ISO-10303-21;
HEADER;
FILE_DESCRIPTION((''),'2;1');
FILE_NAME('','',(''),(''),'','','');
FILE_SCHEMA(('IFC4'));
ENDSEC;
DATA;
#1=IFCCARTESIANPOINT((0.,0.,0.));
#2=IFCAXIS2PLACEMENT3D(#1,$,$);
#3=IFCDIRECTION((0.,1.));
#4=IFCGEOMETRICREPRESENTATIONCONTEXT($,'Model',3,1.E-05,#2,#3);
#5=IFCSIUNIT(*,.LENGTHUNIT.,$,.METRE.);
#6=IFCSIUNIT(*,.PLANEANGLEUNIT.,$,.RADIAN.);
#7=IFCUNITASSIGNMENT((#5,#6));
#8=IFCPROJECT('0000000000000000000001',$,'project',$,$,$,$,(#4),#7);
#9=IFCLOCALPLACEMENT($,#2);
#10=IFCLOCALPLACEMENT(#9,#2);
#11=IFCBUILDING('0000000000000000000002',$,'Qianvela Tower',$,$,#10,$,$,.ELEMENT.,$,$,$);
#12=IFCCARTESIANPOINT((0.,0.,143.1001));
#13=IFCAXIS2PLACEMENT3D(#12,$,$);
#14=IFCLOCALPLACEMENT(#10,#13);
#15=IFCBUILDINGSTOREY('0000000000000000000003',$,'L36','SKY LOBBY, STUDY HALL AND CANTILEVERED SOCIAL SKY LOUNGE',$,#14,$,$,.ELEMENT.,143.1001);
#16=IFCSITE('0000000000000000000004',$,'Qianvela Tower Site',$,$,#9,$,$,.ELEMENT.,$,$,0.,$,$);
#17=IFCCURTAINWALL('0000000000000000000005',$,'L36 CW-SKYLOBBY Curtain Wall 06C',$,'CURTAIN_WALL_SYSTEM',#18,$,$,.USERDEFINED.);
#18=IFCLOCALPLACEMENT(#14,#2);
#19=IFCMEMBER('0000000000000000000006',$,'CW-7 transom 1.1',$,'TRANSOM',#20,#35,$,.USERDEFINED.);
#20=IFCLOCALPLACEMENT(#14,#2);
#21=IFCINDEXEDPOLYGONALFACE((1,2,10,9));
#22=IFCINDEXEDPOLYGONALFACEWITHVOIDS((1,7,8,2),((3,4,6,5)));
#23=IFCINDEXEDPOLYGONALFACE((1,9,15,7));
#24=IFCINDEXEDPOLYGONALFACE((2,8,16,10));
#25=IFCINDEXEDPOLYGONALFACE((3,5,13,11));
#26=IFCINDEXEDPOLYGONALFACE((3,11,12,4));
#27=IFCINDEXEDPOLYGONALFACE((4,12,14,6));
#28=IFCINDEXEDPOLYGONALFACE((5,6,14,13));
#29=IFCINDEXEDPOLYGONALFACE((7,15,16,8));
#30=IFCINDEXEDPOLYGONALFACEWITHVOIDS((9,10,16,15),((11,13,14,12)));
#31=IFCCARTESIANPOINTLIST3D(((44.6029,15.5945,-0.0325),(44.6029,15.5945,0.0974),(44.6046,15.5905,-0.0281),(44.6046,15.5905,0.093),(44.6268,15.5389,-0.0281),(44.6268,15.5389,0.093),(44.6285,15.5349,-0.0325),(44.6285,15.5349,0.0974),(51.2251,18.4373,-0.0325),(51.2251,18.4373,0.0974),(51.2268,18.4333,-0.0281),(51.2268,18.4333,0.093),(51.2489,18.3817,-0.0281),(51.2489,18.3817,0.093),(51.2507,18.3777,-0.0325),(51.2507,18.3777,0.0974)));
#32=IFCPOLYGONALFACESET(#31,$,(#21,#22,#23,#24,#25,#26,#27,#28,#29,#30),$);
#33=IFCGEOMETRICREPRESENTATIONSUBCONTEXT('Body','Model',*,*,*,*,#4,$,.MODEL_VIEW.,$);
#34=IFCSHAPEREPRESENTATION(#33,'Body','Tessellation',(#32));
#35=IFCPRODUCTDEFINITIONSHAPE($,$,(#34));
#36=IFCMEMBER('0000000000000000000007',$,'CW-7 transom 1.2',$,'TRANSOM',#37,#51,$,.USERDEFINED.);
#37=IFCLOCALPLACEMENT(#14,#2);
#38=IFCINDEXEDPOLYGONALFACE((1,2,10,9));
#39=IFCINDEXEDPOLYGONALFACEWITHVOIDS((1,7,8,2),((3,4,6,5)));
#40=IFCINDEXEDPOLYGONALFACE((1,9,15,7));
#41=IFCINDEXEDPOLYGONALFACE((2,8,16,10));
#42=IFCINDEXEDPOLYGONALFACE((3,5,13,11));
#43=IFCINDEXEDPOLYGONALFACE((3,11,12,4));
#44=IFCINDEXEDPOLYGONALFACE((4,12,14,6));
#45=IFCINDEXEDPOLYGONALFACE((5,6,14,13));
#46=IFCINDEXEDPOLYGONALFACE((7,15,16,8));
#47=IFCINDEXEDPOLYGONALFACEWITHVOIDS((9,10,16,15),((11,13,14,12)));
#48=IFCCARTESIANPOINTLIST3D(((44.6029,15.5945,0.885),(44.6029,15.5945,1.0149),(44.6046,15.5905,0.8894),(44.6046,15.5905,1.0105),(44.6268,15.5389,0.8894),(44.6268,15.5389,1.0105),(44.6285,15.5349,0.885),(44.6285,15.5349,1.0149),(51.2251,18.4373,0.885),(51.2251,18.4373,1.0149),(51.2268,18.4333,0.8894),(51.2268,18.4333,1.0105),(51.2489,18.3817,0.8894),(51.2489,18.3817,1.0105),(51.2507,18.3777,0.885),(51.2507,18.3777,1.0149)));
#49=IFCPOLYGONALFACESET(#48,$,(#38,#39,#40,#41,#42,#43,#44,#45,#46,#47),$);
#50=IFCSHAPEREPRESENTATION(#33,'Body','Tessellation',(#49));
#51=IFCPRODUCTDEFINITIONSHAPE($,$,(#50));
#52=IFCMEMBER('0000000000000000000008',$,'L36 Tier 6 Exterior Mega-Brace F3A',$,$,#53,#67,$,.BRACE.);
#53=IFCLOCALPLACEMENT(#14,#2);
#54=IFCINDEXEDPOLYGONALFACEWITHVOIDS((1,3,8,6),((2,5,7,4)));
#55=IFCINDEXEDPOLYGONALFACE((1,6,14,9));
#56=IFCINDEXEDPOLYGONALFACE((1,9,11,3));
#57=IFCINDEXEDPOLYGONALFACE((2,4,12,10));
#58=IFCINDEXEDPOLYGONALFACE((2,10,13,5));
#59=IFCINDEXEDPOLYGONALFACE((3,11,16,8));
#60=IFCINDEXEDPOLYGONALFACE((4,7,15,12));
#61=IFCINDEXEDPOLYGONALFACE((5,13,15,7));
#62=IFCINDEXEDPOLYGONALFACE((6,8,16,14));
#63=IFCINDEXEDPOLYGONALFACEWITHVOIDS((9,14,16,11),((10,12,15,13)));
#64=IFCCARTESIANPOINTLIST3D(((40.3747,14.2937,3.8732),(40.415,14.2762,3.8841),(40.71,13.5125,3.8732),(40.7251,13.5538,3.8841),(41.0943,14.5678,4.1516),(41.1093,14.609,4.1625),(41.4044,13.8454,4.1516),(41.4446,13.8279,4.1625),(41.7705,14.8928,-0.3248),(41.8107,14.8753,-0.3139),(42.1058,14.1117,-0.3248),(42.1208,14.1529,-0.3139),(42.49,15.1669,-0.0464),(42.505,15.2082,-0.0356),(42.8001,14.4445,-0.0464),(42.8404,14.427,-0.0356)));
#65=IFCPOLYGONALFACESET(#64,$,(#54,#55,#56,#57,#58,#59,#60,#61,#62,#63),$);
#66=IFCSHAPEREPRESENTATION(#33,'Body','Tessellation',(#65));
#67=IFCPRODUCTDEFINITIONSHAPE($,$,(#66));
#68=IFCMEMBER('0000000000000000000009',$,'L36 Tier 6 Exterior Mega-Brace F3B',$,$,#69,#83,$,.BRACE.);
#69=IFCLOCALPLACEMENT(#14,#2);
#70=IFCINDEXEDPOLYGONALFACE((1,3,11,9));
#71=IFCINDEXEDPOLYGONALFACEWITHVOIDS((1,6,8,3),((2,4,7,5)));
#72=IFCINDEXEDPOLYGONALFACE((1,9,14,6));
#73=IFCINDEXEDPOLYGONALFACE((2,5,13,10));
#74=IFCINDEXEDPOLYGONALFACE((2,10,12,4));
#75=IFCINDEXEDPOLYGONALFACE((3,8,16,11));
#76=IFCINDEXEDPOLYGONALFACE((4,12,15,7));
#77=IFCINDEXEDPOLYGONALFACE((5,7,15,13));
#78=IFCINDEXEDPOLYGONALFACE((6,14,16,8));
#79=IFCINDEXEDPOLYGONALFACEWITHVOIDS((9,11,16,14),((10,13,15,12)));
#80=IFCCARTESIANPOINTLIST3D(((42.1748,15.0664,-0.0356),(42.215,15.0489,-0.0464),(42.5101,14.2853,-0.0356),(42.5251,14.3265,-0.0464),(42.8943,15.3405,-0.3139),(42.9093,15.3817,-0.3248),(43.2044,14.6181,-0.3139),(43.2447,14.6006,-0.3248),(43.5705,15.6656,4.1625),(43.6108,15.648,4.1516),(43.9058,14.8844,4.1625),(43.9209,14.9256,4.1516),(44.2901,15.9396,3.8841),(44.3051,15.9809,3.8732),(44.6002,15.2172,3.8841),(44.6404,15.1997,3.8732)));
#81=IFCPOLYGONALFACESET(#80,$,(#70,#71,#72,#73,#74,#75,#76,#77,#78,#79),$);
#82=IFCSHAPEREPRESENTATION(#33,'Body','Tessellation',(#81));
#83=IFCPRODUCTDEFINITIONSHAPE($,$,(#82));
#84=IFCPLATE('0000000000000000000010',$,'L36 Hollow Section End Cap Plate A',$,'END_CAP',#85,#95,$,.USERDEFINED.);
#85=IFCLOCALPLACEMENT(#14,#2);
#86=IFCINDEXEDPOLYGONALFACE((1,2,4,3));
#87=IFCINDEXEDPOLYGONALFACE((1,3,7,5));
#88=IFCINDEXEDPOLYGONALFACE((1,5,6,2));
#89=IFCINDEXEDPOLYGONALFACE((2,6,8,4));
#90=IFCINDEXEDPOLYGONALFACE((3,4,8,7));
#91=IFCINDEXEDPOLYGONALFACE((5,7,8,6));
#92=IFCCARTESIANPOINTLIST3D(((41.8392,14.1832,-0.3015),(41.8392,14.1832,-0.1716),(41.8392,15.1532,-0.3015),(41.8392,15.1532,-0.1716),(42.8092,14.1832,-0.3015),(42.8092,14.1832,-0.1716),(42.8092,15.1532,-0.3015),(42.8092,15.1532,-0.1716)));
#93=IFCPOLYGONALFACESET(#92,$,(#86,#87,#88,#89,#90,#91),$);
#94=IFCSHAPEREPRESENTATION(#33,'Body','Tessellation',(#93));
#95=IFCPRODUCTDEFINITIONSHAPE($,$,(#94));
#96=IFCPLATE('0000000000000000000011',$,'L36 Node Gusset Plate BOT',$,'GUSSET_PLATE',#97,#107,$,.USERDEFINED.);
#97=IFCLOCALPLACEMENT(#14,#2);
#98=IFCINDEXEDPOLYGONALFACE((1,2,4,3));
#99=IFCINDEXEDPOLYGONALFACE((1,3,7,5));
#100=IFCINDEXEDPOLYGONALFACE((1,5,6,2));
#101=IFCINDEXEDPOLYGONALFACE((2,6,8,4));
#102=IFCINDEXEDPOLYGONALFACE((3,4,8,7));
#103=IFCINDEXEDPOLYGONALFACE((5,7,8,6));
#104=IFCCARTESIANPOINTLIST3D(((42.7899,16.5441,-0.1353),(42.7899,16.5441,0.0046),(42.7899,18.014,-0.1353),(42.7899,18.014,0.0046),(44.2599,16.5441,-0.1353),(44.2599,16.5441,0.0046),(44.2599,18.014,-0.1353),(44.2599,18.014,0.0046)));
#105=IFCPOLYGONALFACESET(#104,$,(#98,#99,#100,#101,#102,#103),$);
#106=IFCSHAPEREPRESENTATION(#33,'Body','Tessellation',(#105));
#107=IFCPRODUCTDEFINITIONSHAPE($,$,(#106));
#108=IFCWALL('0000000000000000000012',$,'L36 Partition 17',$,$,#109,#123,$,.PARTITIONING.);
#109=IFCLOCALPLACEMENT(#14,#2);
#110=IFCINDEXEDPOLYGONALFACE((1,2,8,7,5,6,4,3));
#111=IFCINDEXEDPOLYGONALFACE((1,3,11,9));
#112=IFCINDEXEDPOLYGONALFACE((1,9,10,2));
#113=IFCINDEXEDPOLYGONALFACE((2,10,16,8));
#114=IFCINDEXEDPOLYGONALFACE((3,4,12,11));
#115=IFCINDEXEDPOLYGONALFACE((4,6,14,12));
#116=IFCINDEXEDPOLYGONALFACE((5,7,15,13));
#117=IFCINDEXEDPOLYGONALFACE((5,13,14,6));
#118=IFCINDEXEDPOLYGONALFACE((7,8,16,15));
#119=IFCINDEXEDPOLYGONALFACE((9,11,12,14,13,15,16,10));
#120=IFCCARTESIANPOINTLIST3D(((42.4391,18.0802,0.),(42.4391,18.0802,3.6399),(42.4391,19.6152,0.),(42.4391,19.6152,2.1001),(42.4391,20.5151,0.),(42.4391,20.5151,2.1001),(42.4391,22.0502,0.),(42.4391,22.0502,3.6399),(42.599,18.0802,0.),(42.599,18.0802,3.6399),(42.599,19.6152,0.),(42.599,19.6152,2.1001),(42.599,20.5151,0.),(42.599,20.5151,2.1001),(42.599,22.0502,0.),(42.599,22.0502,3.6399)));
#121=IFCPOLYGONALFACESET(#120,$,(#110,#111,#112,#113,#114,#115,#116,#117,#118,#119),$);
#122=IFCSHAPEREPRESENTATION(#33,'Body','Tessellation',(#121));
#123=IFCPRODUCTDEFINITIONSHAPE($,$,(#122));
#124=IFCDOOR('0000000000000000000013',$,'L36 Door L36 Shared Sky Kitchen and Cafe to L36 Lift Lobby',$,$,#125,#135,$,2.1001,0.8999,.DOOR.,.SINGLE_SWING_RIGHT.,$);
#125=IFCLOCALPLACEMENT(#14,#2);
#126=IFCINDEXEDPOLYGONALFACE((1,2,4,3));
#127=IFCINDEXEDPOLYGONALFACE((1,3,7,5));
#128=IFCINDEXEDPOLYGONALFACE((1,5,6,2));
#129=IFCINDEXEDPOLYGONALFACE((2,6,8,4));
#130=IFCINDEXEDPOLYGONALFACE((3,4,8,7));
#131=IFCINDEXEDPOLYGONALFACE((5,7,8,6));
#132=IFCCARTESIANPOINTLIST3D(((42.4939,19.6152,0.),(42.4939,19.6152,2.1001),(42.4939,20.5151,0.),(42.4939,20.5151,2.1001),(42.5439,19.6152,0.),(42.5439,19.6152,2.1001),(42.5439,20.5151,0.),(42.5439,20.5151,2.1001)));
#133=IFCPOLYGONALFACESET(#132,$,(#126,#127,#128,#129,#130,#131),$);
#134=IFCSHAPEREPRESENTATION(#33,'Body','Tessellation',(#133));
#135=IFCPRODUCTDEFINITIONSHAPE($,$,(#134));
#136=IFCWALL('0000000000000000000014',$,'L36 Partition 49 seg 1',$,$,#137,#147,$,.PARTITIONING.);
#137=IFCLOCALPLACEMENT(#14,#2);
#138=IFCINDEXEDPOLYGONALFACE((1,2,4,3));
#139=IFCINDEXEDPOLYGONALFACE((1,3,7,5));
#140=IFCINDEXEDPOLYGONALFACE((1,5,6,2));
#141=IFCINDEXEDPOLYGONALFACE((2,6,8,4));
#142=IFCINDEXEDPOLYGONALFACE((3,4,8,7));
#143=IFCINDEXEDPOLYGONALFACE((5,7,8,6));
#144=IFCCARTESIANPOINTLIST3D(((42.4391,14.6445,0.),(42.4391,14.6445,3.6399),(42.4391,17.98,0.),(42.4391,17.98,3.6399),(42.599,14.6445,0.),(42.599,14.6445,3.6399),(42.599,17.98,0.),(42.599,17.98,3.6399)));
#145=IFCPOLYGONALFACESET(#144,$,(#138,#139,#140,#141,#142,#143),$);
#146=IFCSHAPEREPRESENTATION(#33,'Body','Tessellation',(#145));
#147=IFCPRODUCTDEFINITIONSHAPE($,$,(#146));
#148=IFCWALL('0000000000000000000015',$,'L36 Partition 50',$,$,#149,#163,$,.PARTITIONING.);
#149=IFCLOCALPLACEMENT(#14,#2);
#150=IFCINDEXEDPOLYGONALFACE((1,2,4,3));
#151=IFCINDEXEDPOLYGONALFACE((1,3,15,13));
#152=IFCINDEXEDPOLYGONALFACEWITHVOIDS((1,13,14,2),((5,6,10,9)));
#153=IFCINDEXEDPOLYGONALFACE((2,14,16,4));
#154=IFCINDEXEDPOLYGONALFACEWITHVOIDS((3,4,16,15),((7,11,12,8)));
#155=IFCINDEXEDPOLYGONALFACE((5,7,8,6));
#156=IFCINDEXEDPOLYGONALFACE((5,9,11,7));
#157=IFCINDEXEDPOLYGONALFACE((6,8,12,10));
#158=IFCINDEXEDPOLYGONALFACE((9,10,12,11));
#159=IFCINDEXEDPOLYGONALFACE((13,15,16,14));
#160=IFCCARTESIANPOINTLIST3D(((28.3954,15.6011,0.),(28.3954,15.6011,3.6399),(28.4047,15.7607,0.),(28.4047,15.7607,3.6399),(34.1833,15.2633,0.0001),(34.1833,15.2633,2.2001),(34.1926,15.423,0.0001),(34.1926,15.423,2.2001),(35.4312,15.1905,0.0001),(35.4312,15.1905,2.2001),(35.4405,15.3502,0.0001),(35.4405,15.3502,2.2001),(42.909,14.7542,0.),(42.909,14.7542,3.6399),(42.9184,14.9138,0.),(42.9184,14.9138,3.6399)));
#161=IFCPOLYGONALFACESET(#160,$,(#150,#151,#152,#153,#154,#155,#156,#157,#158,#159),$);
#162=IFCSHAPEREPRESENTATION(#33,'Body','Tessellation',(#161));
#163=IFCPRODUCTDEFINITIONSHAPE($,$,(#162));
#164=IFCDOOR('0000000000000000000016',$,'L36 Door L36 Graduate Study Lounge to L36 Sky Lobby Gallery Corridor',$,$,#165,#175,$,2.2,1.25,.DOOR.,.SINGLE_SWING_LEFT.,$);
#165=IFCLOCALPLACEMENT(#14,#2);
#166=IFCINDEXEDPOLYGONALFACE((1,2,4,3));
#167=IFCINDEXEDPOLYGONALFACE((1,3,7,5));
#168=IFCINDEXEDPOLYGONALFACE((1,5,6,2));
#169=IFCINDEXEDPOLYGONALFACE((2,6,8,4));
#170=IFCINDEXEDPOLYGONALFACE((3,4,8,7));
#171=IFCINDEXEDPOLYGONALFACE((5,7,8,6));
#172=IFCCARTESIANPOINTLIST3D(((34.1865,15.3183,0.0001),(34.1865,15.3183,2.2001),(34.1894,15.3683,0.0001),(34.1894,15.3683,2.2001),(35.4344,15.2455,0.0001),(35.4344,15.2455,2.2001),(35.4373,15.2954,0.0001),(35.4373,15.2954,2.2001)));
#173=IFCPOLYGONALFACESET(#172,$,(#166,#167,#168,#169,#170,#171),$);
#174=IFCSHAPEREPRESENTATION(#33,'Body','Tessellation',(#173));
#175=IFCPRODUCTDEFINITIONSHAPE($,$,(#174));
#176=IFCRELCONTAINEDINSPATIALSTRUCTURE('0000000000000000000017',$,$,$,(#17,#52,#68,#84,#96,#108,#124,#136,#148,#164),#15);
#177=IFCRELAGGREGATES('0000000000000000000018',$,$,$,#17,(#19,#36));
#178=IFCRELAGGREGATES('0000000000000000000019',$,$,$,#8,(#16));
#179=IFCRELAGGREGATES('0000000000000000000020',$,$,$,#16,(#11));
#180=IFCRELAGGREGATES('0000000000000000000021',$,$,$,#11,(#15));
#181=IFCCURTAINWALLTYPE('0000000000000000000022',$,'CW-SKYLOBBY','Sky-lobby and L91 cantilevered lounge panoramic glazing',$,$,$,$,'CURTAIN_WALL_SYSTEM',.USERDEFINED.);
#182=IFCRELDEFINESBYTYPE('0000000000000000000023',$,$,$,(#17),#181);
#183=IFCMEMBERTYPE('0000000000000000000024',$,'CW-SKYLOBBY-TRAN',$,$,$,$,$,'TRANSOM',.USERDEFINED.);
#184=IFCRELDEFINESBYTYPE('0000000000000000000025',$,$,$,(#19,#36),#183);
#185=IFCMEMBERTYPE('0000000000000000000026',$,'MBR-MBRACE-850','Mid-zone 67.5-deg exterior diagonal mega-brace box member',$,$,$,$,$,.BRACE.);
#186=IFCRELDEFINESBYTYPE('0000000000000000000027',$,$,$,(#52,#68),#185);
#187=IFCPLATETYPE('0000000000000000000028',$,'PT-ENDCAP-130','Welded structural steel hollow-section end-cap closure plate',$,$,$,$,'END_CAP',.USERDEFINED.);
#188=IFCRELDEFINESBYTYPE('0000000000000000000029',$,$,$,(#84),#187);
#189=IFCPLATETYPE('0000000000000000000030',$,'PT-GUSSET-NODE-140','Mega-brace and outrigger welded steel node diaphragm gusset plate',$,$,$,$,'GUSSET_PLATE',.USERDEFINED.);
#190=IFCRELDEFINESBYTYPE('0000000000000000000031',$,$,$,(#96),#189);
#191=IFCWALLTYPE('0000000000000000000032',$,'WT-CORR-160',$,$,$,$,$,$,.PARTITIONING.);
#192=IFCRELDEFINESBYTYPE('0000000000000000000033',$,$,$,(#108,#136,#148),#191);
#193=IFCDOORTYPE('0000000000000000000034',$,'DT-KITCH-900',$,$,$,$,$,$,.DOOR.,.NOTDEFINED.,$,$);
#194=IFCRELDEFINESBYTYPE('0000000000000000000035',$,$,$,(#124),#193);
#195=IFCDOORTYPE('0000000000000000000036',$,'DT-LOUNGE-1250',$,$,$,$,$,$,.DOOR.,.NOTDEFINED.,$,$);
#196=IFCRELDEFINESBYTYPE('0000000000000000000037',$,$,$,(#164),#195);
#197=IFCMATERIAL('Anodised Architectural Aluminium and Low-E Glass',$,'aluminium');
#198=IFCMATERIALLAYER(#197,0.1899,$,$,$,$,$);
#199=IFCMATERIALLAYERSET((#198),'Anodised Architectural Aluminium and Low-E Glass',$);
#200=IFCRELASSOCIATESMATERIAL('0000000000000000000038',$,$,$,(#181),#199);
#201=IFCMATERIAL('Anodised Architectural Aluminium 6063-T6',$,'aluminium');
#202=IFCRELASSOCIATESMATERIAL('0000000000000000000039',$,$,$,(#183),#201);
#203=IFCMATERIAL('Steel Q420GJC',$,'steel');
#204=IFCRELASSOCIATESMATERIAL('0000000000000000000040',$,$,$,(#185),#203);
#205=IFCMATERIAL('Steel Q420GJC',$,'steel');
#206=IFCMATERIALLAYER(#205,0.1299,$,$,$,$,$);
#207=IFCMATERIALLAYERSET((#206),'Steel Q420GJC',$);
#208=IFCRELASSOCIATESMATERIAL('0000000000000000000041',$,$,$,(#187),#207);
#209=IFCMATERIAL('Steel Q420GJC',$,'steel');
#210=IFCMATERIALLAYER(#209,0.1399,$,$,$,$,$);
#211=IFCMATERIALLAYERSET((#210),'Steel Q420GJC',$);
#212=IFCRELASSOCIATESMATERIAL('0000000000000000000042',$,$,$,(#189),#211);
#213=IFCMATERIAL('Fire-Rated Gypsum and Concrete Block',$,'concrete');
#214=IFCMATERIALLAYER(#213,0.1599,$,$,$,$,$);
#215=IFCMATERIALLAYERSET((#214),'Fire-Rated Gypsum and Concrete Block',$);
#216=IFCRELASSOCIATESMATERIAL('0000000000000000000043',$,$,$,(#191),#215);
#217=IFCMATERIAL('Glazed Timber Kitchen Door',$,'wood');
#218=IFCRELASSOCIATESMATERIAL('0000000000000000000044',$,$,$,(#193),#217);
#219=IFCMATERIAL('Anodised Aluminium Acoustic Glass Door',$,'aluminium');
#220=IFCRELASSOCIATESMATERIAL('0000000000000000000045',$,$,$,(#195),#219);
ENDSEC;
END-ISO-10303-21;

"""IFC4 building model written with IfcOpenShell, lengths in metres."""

from ifc_helpers import new_model, si_unit, direction, frame, frame_2d, origin, origin_2d, place, context, subcontext, project, spatial, rectangle, hollow_rectangle, extrude, material, layer, layer_set, material_profile, profile_set, type_object, element, fill, aggregate, save


model = new_model("IFC4")

# Units and contexts
model_context = context("Model", 3, precision=1e-05, world=origin(), true_north=direction((0.0, 1.0)))
body_context = subcontext(model_context, "Body", "Model", "MODEL_VIEW")
ifc_project = project(units=[si_unit("LENGTHUNIT", "METRE"), si_unit("PLANEANGLEUNIT", "RADIAN")], contexts=[model_context])

# Site, building, storey
site_placement = place(None, origin())
site = spatial("IfcSite", under=ifc_project, at=site_placement, Name="Qianvela Tower Site", CompositionType="ELEMENT", RefElevation=0.0)
building_placement = place(site_placement, origin())
building = spatial("IfcBuilding", under=site, at=building_placement, Name="Qianvela Tower", CompositionType="ELEMENT")
storey_placement = place(building_placement, frame((0.0, 0.0, 143.1001)))
storey = spatial("IfcBuildingStorey", under=building, at=storey_placement, Name="L36", Description="SKY LOBBY, STUDY HALL AND CANTILEVERED SOCIAL SKY LOUNGE", CompositionType="ELEMENT", Elevation=143.1001)

# Curtain wall, members
ifc_material_1 = material(Name="Anodised Architectural Aluminium and Low-E Glass", Category="aluminium")
ifc_layer_1 = layer(ifc_material_1, 0.1899)
ifc_layer_set_1 = layer_set([ifc_layer_1], Name="Anodised Architectural Aluminium and Low-E Glass")
curtain_wall_type_1 = type_object("IfcCurtainWallType", Name="CW-SKYLOBBY", Description="Sky-lobby and L91 cantilevered lounge panoramic glazing", ElementType="CURTAIN_WALL_SYSTEM", PredefinedType="USERDEFINED", material=ifc_layer_set_1)
curtain_wall_1_placement = place(storey_placement, origin())
curtain_wall_1 = element("IfcCurtainWall", 1, at=curtain_wall_1_placement, inside=storey, type_object=curtain_wall_type_1, Name="L36 CW-SKYLOBBY Curtain Wall 06C", ObjectType="CURTAIN_WALL_SYSTEM", PredefinedType="USERDEFINED")
ifc_material_2 = material(Name="Anodised Architectural Aluminium 6063-T6", Category="aluminium")
ifc_material_profile_1 = material_profile(ifc_material_2, hollow_rectangle(XDim=0.0649, YDim=0.1299, WallThickness=0.0044, at=origin_2d()), Name="ALU-TRAN-65x130")
ifc_profile_set_1 = profile_set([ifc_material_profile_1], Name="Anodised Architectural Aluminium 6063-T6")
member_type_1 = type_object("IfcMemberType", Name="CW-SKYLOBBY-TRAN", ElementType="TRANSOM", PredefinedType="USERDEFINED", material=ifc_profile_set_1)
member_1_placement = place(storey_placement, frame((44.6157, 15.5647, 0.0325), z_axis=(0.918907, 0.394475, 0.0), x_axis=(-0.394475, 0.918907, 0.0)))
member_1 = element("IfcMember", 2, at=member_1_placement, type_object=member_type_1, Name="CW-7 transom 1.1", ObjectType="TRANSOM", PredefinedType="USERDEFINED", context=body_context, shape_type="SweptSolid", body=[
    extrude(hollow_rectangle(XDim=0.0649, YDim=0.1299, WallThickness=0.0044, at=origin_2d()), origin(), (0.0, 0.0, 1.0), 7.2065),
])
member_2_placement = place(storey_placement, frame((44.6157, 15.5647, 0.95), z_axis=(0.918907, 0.394475, 0.0), x_axis=(-0.394475, 0.918907, 0.0)))
member_2 = element("IfcMember", 3, at=member_2_placement, type_object=member_type_1, Name="CW-7 transom 1.2", ObjectType="TRANSOM", PredefinedType="USERDEFINED", context=body_context, shape_type="SweptSolid", body=[
    extrude(hollow_rectangle(XDim=0.0649, YDim=0.1299, WallThickness=0.0044, at=origin_2d()), origin(), (0.0, 0.0, 1.0), 7.2065),
])
aggregate(curtain_wall_1, [member_1, member_2])

# Members
ifc_material_3 = material(Name="Steel Q420GJC", Category="steel")
ifc_material_profile_2 = material_profile(ifc_material_3, hollow_rectangle(XDim=0.8501, YDim=0.8501, WallThickness=0.032, at=origin_2d()), Name="MBOX-850x850x32")
ifc_profile_set_2 = profile_set([ifc_material_profile_2], Name="Steel Q420GJC")
member_type_2 = type_object("IfcMemberType", Name="MBR-MBRACE-850", Description="Mid-zone 67.5-deg exterior diagonal mega-brace box member", PredefinedType="BRACE", material=ifc_profile_set_2)
for number, where, z_axis, x_axis, name in (
    (4, (42.3054, 14.6599, -0.1802), (-0.312645, -0.134202, 0.940342), (0.394443, -0.91892, 0.0), "L36 Tier 6 Exterior Mega-Brace F3A"),
    (5, (42.7097, 14.8335, -0.1802), (0.312645, 0.134202, 0.940342), (-0.394443, 0.91892, 0.0), "L36 Tier 6 Exterior Mega-Brace F3B"),
):
    element("IfcMember", number, at=place(storey_placement, frame(where, z_axis=z_axis, x_axis=x_axis)), inside=storey, type_object=member_type_2, Name=name, PredefinedType="BRACE", context=body_context, shape_type="SweptSolid", body=[
        extrude(hollow_rectangle(XDim=0.8501, YDim=0.8501, WallThickness=0.032, at=origin_2d()), origin(), (0.0, 0.0, 1.0), 4.4644),
    ])

# Plates
ifc_material_4 = material(Name="Steel Q420GJC", Category="steel")
ifc_layer_2 = layer(ifc_material_4, 0.1299)
ifc_layer_set_2 = layer_set([ifc_layer_2], Name="Steel Q420GJC")
plate_type_1 = type_object("IfcPlateType", Name="PT-ENDCAP-130", Description="Welded structural steel hollow-section end-cap closure plate", ElementType="END_CAP", PredefinedType="USERDEFINED", material=ifc_layer_set_2)
plate_1_placement = place(storey_placement, frame((42.3242, 14.6682, -0.3015), z_axis=(0.0, 0.0, 1.0), x_axis=(1.0, 0.0, 0.0)))
element("IfcPlate", 6, at=plate_1_placement, inside=storey, type_object=plate_type_1, Name="L36 Hollow Section End Cap Plate A", ObjectType="END_CAP", PredefinedType="USERDEFINED", context=body_context, shape_type="SweptSolid", body=[
    extrude(rectangle(XDim=0.97, YDim=0.97, at=origin_2d()), origin(), (0.0, 0.0, 1.0), 0.1299),
])
ifc_material_5 = material(Name="Steel Q420GJC", Category="steel")
ifc_layer_3 = layer(ifc_material_5, 0.1399)
ifc_layer_set_3 = layer_set([ifc_layer_3], Name="Steel Q420GJC")
plate_type_2 = type_object("IfcPlateType", Name="PT-GUSSET-NODE-140", Description="Mega-brace and outrigger welded steel node diaphragm gusset plate", ElementType="GUSSET_PLATE", PredefinedType="USERDEFINED", material=ifc_layer_set_3)
plate_2_placement = place(storey_placement, frame((43.5249, 17.2791, -0.1353), z_axis=(0.0, 0.0, 1.0), x_axis=(1.0, 0.0, 0.0)))
element("IfcPlate", 7, at=plate_2_placement, inside=storey, type_object=plate_type_2, Name="L36 Node Gusset Plate BOT", ObjectType="GUSSET_PLATE", PredefinedType="USERDEFINED", context=body_context, shape_type="SweptSolid", body=[
    extrude(rectangle(XDim=1.47, YDim=1.47, at=origin_2d()), origin(), (0.0, 0.0, 1.0), 0.1399),
])

# Wall, opening, door
ifc_material_6 = material(Name="Fire-Rated Gypsum and Concrete Block", Category="concrete")
ifc_layer_4 = layer(ifc_material_6, 0.1599)
ifc_layer_set_4 = layer_set([ifc_layer_4], Name="Fire-Rated Gypsum and Concrete Block")
wall_type_1 = type_object("IfcWallType", Name="WT-CORR-160", PredefinedType="PARTITIONING", material=ifc_layer_set_4)
wall_1_placement = place(storey_placement, frame((42.519, 22.05, 0.0), z_axis=(0.0, 0.0, 1.0), x_axis=(0.0, -1.0, 0.0)))
wall_1 = element("IfcWall", 8, at=wall_1_placement, inside=storey, type_object=wall_type_1, Name="L36 Partition 17", PredefinedType="PARTITIONING", context=body_context, shape_type="SweptSolid", body=[
    extrude(rectangle(XDim=3.97, YDim=0.1599, at=frame_2d((1.9849, 0.0))), origin(), (0.0, 0.0, 1.0), 3.6399),
])
opening_1_placement = place(wall_1_placement, frame((1.5349, 0.0, 0.0)))
opening_1 = element("IfcOpeningElement", 9, at=opening_1_placement, cuts=wall_1, PredefinedType="OPENING", context=body_context, shape_type="SweptSolid", body=[
    extrude(rectangle(XDim=0.8999, YDim=2.1001, at=frame_2d((0.45, 1.05))), frame((0.0, 0.0898, 0.0), z_axis=(0.0, -1.0, 0.0), x_axis=(1.0, 0.0, 0.0)), (0.0, 0.0, 1.0), 0.1799),
])
ifc_material_7 = material(Name="Glazed Timber Kitchen Door", Category="wood")
door_type_1 = type_object("IfcDoorType", Name="DT-KITCH-900", OperationType="NOTDEFINED", PredefinedType="DOOR", material=ifc_material_7)
door_1_placement = place(opening_1_placement, origin())
door_1 = element("IfcDoor", 10, at=door_1_placement, inside=storey, type_object=door_type_1, Name="L36 Door L36 Shared Sky Kitchen and Cafe to L36 Lift Lobby", OperationType="SINGLE_SWING_RIGHT", OverallHeight=2.1001, OverallWidth=0.8999, PredefinedType="DOOR", context=body_context, shape_type="SweptSolid", body=[
    extrude(rectangle(XDim=0.8999, YDim=2.1001, at=frame_2d((0.45, 1.05))), frame((0.0, 0.0249, 0.0), z_axis=(0.0, -1.0, 0.0), x_axis=(1.0, 0.0, 0.0)), (0.0, 0.0, 1.0), 0.05),
])
fill(opening_1, door_1)

# Wall
wall_2_placement = place(storey_placement, frame((42.519, 17.98, 0.0), z_axis=(0.0, 0.0, 1.0), x_axis=(0.0, -1.0, 0.0)))
element("IfcWall", 11, at=wall_2_placement, inside=storey, type_object=wall_type_1, Name="L36 Partition 49 seg 1", PredefinedType="PARTITIONING", context=body_context, shape_type="SweptSolid", body=[
    extrude(rectangle(XDim=3.3354, YDim=0.1599, at=frame_2d((1.6677, 0.0))), origin(), (0.0, 0.0, 1.0), 3.6399),
])

# Wall, opening, door
wall_3_placement = place(storey_placement, frame((42.9136, 14.834, 0.0), z_axis=(0.0, 0.0, 1.0), x_axis=(-0.998302, 0.058254, 0.0)))
wall_3 = element("IfcWall", 12, at=wall_3_placement, inside=storey, type_object=wall_type_1, Name="L36 Partition 50", PredefinedType="PARTITIONING", context=body_context, shape_type="SweptSolid", body=[
    extrude(rectangle(XDim=14.5383, YDim=0.1599, at=frame_2d((7.269, 0.0))), origin(), (0.0, 0.0, 1.0), 3.6399),
])
opening_2_placement = place(wall_3_placement, frame((7.4905, 0.0, 0.0)))
opening_2 = element("IfcOpeningElement", 13, at=opening_2_placement, cuts=wall_3, PredefinedType="OPENING", context=body_context, shape_type="SweptSolid", body=[
    extrude(rectangle(XDim=1.25, YDim=2.2, at=frame_2d((0.625, 1.1001))), frame((0.0, 0.0898, 0.0), z_axis=(0.0, -1.0, 0.0), x_axis=(1.0, 0.0, 0.0)), (0.0, 0.0, 1.0), 0.1799),
])
ifc_material_8 = material(Name="Anodised Aluminium Acoustic Glass Door", Category="aluminium")
door_type_2 = type_object("IfcDoorType", Name="DT-LOUNGE-1250", OperationType="NOTDEFINED", PredefinedType="DOOR", material=ifc_material_8)
door_2_placement = place(opening_2_placement, origin())
door_2 = element("IfcDoor", 14, at=door_2_placement, inside=storey, type_object=door_type_2, Name="L36 Door L36 Graduate Study Lounge to L36 Sky Lobby Gallery Corridor", OperationType="SINGLE_SWING_LEFT", OverallHeight=2.2, OverallWidth=1.25, PredefinedType="DOOR", context=body_context, shape_type="SweptSolid", body=[
    extrude(rectangle(XDim=1.25, YDim=2.2, at=frame_2d((0.625, 1.1001))), frame((0.0, 0.0249, 0.0), z_axis=(0.0, -1.0, 0.0), x_axis=(1.0, 0.0, 0.0)), (0.0, 0.0, 1.0), 0.05),
])
fill(opening_2, door_2)

save(model, "model.ifc")
